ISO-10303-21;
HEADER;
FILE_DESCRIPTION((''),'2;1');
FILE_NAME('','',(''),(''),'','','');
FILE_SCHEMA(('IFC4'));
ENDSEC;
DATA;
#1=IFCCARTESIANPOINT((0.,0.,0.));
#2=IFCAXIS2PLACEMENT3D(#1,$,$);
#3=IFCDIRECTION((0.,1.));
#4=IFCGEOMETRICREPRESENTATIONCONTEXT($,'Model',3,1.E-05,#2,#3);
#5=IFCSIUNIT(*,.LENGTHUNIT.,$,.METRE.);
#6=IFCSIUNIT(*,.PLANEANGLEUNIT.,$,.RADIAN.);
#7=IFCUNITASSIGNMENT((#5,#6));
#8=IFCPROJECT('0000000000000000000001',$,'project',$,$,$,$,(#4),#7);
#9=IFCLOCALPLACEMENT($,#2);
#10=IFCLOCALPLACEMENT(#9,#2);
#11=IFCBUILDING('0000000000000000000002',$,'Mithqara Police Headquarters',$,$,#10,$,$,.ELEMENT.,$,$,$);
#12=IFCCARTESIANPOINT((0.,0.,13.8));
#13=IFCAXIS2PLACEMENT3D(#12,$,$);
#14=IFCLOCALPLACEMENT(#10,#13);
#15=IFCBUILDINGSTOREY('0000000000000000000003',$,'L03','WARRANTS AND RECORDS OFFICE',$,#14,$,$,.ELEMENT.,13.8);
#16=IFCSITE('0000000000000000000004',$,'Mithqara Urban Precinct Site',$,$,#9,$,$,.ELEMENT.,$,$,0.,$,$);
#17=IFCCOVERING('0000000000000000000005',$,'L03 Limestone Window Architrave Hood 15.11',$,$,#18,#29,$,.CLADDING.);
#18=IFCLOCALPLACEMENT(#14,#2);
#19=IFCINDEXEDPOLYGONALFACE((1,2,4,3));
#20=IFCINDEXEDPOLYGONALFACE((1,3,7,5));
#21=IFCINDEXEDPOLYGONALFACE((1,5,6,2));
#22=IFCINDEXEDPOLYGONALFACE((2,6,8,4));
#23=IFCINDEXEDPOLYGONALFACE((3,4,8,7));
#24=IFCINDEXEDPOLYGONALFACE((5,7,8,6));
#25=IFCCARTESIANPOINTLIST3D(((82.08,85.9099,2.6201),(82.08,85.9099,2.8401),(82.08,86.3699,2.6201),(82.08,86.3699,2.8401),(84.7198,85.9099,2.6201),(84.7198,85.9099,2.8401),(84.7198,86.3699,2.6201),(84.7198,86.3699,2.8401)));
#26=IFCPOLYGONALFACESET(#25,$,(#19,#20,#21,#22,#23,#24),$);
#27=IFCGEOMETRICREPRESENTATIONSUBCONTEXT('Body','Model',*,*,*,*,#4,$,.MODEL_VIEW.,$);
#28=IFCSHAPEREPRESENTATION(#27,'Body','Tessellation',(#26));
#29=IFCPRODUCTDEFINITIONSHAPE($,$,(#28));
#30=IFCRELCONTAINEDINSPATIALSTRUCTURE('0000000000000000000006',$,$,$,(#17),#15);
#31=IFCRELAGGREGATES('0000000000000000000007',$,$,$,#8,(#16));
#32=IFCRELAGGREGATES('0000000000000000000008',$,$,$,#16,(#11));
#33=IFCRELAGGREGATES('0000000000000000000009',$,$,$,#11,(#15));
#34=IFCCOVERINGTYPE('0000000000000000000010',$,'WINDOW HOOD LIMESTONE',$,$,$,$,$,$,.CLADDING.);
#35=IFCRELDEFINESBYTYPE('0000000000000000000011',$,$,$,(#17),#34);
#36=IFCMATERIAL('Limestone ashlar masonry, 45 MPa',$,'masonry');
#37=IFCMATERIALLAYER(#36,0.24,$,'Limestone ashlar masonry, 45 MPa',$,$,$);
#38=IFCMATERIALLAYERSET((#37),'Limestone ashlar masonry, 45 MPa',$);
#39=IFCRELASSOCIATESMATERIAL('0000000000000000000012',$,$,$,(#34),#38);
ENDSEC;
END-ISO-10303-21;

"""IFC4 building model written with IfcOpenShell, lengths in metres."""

from ifc_helpers import new_model, si_unit, direction, frame, origin, origin_2d, place, context, subcontext, project, spatial, rectangle, extrude, material, layer, layer_set, type_object, element, save


model = new_model("IFC4")

# Units and contexts
model_context = context("Model", 3, precision=1e-05, world=origin(), true_north=direction((0.0, 1.0)))
body_context = subcontext(model_context, "Body", "Model", "MODEL_VIEW")
ifc_project = project(units=[si_unit("LENGTHUNIT", "METRE"), si_unit("PLANEANGLEUNIT", "RADIAN")], contexts=[model_context])

# Site, building, storey
site_placement = place(None, origin())
site = spatial("IfcSite", under=ifc_project, at=site_placement, Name="Mithqara Urban Precinct Site", CompositionType="ELEMENT", RefElevation=0.0)
building_placement = place(site_placement, origin())
building = spatial("IfcBuilding", under=site, at=building_placement, Name="Mithqara Police Headquarters", CompositionType="ELEMENT")
storey_placement = place(building_placement, frame((0.0, 0.0, 13.8)))
storey = spatial("IfcBuildingStorey", under=building, at=storey_placement, Name="L03", Description="WARRANTS AND RECORDS OFFICE", CompositionType="ELEMENT", Elevation=13.8)

# Covering
ifc_material_1 = material(Name="Limestone ashlar masonry, 45 MPa", Category="masonry")
ifc_layer_1 = layer(ifc_material_1, 0.24, Name="Limestone ashlar masonry, 45 MPa")
ifc_layer_set_1 = layer_set([ifc_layer_1], Name="Limestone ashlar masonry, 45 MPa")
covering_type = type_object("IfcCoveringType", Name="WINDOW HOOD LIMESTONE", PredefinedType="CLADDING", material=ifc_layer_set_1)
for number, where, z_axis, x_axis, name in (
    (1, (83.3999, 86.1399, 2.6201), (0.0, 0.0, 1.0), (1.0, 0.0, 0.0), "L03 Limestone Window Architrave Hood 15.11"),
):
    element("IfcCovering", number, at=place(storey_placement, frame(where, z_axis=z_axis, x_axis=x_axis)), inside=storey, type_object=covering_type, Name=name, PredefinedType="CLADDING", context=body_context, shape_type="SweptSolid", body=[
        extrude(rectangle(XDim=2.6399, YDim=0.46, at=origin_2d()), origin(), (0.0, 0.0, 1.0), 0.22),
    ])

save(model, "model.ifc")
